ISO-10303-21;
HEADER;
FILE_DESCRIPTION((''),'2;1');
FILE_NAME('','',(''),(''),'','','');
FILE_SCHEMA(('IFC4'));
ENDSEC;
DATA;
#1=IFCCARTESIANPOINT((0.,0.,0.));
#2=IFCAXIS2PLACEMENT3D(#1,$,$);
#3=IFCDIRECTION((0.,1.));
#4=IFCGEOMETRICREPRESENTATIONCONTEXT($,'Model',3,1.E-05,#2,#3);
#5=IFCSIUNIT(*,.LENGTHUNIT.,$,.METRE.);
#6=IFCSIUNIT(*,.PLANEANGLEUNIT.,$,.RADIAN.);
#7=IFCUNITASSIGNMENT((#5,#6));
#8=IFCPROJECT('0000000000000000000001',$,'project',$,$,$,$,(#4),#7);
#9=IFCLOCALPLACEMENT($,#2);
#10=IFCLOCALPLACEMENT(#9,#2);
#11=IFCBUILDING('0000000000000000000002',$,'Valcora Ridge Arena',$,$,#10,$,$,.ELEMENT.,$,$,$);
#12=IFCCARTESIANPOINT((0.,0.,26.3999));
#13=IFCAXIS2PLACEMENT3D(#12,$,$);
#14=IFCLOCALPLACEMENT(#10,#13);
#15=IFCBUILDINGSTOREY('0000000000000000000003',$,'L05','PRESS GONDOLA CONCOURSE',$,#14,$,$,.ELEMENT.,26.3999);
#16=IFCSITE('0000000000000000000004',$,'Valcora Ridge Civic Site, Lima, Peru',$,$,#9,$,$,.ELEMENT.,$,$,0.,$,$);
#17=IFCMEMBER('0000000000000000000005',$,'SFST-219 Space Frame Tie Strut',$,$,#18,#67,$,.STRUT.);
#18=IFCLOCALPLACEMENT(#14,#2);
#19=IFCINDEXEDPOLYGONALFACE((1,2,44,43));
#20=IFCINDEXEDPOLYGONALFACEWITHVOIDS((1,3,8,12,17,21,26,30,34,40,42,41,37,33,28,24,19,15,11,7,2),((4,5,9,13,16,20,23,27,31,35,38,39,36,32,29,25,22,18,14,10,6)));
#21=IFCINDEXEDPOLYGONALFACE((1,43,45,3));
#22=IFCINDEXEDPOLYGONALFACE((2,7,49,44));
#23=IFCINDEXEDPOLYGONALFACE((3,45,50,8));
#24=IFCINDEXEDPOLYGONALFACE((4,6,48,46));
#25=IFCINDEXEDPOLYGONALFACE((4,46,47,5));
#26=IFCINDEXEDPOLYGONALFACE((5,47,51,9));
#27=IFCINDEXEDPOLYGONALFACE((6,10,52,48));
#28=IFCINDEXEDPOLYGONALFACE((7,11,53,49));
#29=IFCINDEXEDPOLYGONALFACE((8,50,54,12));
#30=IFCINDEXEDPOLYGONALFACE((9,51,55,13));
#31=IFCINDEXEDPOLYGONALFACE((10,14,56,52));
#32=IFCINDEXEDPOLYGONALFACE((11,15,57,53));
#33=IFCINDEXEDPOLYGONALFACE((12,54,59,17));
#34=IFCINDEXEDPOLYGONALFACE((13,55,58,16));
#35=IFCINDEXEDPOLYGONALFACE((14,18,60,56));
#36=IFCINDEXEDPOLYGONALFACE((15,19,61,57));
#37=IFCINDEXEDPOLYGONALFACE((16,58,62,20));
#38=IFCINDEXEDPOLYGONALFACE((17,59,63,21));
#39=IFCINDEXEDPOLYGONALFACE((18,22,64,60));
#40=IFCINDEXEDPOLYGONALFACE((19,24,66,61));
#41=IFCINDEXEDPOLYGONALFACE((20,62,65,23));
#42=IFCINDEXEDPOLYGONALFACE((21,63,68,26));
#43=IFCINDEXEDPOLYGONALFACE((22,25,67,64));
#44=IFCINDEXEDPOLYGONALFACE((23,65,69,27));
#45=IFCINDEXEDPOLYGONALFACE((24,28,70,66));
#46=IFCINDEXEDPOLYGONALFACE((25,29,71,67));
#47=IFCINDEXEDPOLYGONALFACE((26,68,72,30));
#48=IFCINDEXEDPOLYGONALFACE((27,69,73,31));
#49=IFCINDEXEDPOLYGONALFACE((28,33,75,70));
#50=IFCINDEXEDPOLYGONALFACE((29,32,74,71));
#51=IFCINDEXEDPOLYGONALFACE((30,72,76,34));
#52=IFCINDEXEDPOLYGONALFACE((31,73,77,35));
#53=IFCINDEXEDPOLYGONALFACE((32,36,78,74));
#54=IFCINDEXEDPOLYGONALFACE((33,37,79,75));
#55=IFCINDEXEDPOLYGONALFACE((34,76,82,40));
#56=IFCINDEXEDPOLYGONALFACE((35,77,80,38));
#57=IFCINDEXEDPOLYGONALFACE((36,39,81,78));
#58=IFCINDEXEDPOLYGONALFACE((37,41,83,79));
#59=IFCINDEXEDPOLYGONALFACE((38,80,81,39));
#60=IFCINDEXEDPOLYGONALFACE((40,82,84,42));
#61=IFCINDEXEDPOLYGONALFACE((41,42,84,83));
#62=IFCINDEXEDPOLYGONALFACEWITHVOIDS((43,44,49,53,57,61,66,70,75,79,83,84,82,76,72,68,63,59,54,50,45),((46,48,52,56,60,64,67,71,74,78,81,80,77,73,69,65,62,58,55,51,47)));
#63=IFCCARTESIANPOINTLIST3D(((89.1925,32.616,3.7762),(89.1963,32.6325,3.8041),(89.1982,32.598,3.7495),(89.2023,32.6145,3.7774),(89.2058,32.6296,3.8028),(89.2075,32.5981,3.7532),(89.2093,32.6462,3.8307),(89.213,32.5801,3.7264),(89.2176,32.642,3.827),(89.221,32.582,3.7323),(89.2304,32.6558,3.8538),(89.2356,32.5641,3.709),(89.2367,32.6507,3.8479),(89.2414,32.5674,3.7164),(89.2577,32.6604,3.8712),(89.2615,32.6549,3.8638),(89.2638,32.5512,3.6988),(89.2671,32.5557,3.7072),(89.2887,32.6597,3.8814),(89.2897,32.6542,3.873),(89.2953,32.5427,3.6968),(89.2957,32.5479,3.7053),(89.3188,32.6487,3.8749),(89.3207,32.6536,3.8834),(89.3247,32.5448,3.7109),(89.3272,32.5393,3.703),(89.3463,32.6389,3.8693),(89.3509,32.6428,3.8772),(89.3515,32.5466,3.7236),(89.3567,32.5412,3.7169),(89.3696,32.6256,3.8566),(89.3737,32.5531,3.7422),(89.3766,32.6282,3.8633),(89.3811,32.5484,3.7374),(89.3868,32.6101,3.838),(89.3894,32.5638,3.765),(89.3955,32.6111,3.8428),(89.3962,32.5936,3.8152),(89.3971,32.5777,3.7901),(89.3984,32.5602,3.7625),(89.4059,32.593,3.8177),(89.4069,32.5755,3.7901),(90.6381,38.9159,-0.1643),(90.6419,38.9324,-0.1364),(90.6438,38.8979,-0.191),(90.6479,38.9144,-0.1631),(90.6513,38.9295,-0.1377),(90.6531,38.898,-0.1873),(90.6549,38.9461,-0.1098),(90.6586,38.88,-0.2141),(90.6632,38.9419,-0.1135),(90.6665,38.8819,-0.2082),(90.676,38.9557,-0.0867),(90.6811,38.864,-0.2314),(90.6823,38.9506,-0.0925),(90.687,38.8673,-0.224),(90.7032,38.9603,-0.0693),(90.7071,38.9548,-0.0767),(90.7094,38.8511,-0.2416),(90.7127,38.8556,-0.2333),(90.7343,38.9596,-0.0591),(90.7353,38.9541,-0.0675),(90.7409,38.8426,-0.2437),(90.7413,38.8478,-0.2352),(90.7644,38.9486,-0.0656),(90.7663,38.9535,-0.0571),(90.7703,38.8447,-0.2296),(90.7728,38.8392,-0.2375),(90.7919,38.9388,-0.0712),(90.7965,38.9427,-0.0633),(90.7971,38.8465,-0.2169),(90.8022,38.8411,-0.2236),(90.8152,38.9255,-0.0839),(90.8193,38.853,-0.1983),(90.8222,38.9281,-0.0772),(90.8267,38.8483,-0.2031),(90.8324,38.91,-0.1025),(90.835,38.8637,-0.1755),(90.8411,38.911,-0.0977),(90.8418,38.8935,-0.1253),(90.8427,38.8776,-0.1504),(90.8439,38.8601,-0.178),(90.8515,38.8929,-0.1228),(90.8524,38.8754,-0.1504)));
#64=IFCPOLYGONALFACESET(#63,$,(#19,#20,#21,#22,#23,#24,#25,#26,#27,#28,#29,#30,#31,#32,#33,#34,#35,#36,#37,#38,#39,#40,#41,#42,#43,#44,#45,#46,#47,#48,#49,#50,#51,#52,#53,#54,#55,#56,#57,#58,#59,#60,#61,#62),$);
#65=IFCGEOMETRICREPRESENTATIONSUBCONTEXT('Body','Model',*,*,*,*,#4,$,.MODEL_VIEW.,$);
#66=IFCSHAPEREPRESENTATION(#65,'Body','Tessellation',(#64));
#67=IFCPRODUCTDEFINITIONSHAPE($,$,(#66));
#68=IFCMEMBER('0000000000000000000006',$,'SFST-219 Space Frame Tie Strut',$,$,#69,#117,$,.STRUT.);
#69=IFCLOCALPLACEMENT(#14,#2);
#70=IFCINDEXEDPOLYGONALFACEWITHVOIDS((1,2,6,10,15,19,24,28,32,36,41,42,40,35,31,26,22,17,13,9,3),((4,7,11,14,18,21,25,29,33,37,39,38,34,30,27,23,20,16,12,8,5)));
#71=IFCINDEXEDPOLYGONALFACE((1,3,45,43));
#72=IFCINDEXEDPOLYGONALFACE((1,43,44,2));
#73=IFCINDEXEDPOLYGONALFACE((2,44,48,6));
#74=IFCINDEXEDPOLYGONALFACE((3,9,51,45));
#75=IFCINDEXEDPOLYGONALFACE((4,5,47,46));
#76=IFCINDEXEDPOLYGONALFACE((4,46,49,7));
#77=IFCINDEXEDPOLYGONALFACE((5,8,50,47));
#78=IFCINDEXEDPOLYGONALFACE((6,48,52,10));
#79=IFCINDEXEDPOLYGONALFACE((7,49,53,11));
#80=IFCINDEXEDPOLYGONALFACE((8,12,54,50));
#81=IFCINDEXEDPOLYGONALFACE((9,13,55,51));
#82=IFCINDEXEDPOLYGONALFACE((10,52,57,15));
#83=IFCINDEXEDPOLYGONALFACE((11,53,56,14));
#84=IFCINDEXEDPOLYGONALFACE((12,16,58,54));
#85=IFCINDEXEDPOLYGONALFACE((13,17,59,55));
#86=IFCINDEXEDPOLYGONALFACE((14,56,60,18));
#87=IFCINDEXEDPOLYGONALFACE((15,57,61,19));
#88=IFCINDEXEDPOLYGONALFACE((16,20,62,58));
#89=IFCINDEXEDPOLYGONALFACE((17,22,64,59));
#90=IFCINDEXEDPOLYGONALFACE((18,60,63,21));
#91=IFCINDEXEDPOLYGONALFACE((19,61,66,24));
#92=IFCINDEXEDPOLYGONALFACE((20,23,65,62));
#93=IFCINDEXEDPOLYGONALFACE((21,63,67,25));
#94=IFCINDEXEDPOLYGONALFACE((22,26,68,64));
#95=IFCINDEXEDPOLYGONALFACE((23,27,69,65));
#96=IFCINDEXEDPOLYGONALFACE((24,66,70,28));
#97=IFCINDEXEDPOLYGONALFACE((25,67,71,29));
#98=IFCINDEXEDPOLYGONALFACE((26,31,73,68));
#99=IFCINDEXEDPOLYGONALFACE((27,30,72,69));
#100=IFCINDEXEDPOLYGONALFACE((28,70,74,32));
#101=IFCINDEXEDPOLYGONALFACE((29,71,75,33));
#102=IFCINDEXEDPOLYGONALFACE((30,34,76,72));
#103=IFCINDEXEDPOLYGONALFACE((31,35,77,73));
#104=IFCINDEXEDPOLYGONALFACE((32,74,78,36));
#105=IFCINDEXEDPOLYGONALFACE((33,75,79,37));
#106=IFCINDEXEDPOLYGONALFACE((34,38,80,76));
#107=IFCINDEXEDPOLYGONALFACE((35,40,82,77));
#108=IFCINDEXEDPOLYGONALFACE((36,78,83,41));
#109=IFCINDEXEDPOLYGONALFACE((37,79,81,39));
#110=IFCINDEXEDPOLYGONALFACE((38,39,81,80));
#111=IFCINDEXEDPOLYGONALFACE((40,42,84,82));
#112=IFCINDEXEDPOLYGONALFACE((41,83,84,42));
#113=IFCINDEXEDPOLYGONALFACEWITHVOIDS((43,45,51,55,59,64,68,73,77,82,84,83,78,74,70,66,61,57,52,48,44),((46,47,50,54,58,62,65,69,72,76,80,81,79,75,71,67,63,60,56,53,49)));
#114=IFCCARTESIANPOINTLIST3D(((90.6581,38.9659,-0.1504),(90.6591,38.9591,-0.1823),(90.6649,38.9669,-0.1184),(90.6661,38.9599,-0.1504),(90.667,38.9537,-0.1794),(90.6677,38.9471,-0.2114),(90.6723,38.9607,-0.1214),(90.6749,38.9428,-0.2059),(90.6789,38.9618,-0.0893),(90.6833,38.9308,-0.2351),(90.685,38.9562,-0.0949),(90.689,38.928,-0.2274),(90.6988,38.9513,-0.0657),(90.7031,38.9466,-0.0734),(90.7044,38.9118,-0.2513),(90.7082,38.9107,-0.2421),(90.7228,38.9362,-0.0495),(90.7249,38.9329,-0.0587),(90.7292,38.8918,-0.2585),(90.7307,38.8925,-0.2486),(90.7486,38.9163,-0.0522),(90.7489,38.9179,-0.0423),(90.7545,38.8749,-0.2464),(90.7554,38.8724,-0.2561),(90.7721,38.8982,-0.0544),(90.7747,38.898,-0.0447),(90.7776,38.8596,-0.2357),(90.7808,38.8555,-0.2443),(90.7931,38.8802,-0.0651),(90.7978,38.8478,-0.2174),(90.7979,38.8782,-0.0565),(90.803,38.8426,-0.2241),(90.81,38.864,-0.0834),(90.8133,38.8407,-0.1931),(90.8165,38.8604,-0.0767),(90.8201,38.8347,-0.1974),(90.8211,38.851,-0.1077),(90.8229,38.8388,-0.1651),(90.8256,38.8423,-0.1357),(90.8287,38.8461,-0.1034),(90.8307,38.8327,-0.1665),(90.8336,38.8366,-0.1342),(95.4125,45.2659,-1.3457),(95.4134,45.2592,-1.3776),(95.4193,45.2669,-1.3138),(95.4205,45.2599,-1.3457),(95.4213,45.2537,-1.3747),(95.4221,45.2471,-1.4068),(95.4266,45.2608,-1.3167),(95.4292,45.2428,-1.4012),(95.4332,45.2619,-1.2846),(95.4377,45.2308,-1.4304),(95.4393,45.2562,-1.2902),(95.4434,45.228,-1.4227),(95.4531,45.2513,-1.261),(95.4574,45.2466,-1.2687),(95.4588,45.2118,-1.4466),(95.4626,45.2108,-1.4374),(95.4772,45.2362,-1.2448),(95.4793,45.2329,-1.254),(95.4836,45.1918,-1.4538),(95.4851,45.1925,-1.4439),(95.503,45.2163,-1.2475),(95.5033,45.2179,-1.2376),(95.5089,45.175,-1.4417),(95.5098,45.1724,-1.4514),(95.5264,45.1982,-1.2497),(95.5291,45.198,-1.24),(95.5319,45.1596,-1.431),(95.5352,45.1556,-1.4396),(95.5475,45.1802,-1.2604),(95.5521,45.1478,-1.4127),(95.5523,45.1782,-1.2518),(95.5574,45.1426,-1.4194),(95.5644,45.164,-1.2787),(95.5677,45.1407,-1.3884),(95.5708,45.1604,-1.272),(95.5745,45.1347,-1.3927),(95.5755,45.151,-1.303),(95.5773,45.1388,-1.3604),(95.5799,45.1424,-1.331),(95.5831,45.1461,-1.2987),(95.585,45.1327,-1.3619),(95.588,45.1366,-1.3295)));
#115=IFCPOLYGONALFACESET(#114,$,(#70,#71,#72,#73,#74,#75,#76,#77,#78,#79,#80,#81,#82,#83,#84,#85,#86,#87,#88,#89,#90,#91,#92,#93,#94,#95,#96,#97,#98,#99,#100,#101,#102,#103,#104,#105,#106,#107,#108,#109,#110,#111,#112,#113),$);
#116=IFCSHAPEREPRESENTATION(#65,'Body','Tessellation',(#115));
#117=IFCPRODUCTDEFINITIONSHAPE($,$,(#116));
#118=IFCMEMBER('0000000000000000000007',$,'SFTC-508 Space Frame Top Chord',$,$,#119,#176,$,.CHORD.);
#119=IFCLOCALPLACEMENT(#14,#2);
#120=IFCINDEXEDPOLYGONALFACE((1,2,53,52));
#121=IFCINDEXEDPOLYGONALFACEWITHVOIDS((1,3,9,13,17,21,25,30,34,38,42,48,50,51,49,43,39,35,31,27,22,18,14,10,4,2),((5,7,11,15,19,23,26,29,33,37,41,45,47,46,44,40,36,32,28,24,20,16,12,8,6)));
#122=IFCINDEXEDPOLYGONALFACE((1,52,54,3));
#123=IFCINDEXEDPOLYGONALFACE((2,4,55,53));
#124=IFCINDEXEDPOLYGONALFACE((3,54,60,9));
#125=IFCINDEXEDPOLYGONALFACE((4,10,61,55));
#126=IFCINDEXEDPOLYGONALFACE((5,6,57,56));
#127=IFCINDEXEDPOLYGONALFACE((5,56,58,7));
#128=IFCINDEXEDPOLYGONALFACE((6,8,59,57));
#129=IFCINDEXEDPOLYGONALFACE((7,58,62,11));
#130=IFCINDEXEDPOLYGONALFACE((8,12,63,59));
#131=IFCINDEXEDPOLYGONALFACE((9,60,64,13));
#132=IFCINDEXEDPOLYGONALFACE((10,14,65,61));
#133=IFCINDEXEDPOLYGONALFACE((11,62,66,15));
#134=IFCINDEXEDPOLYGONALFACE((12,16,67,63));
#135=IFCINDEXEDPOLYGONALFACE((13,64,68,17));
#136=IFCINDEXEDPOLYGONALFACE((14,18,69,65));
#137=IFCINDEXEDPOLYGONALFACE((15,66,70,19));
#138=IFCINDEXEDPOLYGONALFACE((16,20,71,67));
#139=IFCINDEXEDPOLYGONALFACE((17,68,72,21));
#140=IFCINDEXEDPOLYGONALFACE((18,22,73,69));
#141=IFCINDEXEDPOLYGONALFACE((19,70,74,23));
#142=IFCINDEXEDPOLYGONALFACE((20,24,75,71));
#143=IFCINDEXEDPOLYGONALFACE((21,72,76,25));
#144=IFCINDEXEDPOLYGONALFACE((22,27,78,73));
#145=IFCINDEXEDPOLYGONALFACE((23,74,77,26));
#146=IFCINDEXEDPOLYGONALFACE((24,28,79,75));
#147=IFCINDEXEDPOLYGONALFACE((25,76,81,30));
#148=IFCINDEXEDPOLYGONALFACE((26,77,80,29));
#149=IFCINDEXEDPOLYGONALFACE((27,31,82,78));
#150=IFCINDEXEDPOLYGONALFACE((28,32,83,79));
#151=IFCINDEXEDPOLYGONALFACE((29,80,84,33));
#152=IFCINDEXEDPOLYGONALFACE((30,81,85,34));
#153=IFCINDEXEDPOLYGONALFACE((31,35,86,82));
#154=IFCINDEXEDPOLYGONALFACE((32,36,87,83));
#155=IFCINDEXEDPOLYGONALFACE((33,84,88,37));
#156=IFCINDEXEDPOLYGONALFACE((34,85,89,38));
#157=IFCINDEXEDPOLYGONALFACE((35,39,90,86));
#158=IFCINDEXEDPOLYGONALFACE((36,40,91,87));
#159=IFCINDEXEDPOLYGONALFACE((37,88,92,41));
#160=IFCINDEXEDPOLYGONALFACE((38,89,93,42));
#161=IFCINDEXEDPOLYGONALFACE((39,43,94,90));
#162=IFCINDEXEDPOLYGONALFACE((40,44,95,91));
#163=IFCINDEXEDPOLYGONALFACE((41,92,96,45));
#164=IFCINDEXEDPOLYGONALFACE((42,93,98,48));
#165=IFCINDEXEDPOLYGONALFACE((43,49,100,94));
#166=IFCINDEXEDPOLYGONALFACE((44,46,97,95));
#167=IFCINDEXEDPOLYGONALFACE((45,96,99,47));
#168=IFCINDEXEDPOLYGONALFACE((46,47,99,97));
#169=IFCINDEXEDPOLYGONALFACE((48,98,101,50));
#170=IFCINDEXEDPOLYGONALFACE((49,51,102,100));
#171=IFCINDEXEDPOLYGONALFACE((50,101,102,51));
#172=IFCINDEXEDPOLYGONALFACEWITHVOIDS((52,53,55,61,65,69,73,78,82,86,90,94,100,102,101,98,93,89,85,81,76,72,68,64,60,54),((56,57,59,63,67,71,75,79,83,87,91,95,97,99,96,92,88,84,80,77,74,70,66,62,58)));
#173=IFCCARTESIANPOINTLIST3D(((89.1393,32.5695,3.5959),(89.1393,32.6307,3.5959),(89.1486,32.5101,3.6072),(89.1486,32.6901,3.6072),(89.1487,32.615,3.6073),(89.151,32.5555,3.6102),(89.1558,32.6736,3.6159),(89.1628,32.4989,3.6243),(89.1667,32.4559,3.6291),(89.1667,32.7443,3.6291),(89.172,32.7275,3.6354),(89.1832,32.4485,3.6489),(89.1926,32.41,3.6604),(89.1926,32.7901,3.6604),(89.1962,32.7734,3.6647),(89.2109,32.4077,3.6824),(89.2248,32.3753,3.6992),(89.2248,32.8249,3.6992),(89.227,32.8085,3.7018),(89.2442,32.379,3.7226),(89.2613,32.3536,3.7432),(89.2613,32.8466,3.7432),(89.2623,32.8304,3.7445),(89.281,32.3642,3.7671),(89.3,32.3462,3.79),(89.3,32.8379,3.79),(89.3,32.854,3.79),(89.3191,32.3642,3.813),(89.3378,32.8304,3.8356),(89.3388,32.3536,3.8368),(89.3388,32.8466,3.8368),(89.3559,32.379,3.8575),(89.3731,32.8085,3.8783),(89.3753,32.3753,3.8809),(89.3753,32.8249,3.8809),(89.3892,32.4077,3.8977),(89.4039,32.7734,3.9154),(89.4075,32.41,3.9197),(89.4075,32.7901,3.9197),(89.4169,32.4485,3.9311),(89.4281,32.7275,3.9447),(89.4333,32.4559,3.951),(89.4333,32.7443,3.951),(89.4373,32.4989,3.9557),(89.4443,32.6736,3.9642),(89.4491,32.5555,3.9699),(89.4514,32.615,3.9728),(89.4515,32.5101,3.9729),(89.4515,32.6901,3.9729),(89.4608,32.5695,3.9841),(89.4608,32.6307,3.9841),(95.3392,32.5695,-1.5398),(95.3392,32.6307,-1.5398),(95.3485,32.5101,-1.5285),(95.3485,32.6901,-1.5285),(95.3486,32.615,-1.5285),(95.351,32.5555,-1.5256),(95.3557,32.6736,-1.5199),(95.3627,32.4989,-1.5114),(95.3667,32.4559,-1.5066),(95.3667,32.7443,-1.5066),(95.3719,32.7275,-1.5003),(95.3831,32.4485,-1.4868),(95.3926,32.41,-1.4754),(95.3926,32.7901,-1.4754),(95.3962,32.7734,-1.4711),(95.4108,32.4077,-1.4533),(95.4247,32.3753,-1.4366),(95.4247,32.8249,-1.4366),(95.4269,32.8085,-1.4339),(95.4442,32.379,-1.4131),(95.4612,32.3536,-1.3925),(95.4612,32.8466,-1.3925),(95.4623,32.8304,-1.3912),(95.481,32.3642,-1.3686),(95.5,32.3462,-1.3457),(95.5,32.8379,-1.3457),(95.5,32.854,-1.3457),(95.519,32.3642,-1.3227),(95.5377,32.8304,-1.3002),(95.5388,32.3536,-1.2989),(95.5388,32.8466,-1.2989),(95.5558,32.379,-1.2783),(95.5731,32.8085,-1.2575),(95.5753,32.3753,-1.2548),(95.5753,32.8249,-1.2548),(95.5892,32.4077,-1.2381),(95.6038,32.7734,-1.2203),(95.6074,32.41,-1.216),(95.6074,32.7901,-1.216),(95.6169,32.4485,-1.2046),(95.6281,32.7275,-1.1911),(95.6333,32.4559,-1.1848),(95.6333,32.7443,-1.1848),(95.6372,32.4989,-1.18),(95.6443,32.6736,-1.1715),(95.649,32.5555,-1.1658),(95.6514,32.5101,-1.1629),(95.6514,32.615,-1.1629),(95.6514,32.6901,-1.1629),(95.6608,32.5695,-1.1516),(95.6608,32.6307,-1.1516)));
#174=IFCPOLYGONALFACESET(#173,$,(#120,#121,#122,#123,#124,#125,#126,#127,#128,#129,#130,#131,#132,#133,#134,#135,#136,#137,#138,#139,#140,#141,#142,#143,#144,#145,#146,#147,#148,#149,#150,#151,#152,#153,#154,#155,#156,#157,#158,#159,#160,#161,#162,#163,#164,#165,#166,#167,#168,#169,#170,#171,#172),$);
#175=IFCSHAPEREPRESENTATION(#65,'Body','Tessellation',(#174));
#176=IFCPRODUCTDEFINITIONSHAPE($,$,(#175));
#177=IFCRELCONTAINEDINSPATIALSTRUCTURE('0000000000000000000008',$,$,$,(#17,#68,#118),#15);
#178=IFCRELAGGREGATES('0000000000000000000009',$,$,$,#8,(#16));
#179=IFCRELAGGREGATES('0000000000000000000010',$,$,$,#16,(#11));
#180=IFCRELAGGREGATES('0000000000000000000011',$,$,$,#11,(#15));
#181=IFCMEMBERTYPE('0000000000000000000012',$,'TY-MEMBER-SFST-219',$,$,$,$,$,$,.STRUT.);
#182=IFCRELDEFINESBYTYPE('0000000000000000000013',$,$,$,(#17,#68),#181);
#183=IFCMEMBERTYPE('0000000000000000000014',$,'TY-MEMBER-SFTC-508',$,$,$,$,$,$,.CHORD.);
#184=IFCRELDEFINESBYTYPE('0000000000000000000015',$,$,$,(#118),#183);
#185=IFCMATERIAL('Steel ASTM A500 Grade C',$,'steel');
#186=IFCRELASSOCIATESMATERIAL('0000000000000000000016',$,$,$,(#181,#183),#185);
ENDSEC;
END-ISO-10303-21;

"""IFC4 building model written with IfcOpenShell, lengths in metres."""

from ifc_helpers import new_model, si_unit, direction, frame, origin, origin_2d, place, context, subcontext, project, spatial, hollow_circle, extrude, material, material_profile, profile_set, type_object, element, save


model = new_model("IFC4")

# Units and contexts
model_context = context("Model", 3, precision=1e-05, world=origin(), true_north=direction((0.0, 1.0)))
body_context = subcontext(model_context, "Body", "Model", "MODEL_VIEW")
ifc_project = project(units=[si_unit("LENGTHUNIT", "METRE"), si_unit("PLANEANGLEUNIT", "RADIAN")], contexts=[model_context])

# Site, building, storey
site_placement = place(None, origin())
site = spatial("IfcSite", under=ifc_project, at=site_placement, Name="Valcora Ridge Civic Site, Lima, Peru", CompositionType="ELEMENT", RefElevation=0.0)
building_placement = place(site_placement, origin())
building = spatial("IfcBuilding", under=site, at=building_placement, Name="Valcora Ridge Arena", CompositionType="ELEMENT")
storey_placement = place(building_placement, frame((0.0, 0.0, 26.3999)))
storey = spatial("IfcBuildingStorey", under=building, at=storey_placement, Name="L05", Description="PRESS GONDOLA CONCOURSE", CompositionType="ELEMENT", Elevation=26.3999)

# Members
ifc_material_1 = material(Name="Steel ASTM A500 Grade C", Category="steel")
ifc_material_profile_1 = material_profile(ifc_material_1, hollow_circle(Radius=0.1096, WallThickness=0.01, at=origin_2d()), Name="CHS219X10")
ifc_profile_set_1 = profile_set([ifc_material_profile_1], Name="Steel ASTM A500 Grade C")
member_type_1 = type_object("IfcMemberType", Name="TY-MEMBER-SFST-219", PredefinedType="STRUT", material=ifc_profile_set_1)
member_1_placement = place(storey_placement, frame((90.7456, 38.8999, -0.1504), z_axis=(-0.19096, -0.832212, 0.520536), x_axis=(0.97467, -0.223648, 0.0)))
element("IfcMember", 1, at=member_1_placement, inside=storey, type_object=member_type_1, Name="SFST-219 Space Frame Tie Strut", PredefinedType="STRUT", context=body_context, shape_type="SweptSolid", body=[
    extrude(hollow_circle(Radius=0.1096, WallThickness=0.01, at=origin_2d()), origin(), (0.0, 0.0, 1.0), 7.5701),
])
member_2_placement = place(storey_placement, frame((90.7456, 38.8999, -0.1504), z_axis=(0.595587, 0.789212, -0.149738), x_axis=(-0.798211, 0.602378, 0.0)))
element("IfcMember", 2, at=member_2_placement, inside=storey, type_object=member_type_1, Name="SFST-219 Space Frame Tie Strut", PredefinedType="STRUT", context=body_context, shape_type="SweptSolid", body=[
    extrude(hollow_circle(Radius=0.1096, WallThickness=0.01, at=origin_2d()), origin(), (0.0, 0.0, 1.0), 7.9827),
])
ifc_material_profile_2 = material_profile(ifc_material_1, hollow_circle(Radius=0.2539, WallThickness=0.0161, at=origin_2d()), Name="CHS508X16")
ifc_profile_set_2 = profile_set([ifc_material_profile_2], Name="Steel ASTM A500 Grade C")
member_type_2 = type_object("IfcMemberType", Name="TY-MEMBER-SFTC-508", PredefinedType="CHORD", material=ifc_profile_set_2)
member_3_placement = place(storey_placement, frame((89.3, 32.6001, 3.79), z_axis=(0.770105, 0.0, -0.637918), x_axis=(0.0, 1.0, 0.0)))
element("IfcMember", 3, at=member_3_placement, inside=storey, type_object=member_type_2, Name="SFTC-508 Space Frame Top Chord", PredefinedType="CHORD", context=body_context, shape_type="SweptSolid", body=[
    extrude(hollow_circle(Radius=0.2539, WallThickness=0.0161, at=origin_2d()), origin(), (0.0, 0.0, 1.0), 8.0508),
])

save(model, "model.ifc")
